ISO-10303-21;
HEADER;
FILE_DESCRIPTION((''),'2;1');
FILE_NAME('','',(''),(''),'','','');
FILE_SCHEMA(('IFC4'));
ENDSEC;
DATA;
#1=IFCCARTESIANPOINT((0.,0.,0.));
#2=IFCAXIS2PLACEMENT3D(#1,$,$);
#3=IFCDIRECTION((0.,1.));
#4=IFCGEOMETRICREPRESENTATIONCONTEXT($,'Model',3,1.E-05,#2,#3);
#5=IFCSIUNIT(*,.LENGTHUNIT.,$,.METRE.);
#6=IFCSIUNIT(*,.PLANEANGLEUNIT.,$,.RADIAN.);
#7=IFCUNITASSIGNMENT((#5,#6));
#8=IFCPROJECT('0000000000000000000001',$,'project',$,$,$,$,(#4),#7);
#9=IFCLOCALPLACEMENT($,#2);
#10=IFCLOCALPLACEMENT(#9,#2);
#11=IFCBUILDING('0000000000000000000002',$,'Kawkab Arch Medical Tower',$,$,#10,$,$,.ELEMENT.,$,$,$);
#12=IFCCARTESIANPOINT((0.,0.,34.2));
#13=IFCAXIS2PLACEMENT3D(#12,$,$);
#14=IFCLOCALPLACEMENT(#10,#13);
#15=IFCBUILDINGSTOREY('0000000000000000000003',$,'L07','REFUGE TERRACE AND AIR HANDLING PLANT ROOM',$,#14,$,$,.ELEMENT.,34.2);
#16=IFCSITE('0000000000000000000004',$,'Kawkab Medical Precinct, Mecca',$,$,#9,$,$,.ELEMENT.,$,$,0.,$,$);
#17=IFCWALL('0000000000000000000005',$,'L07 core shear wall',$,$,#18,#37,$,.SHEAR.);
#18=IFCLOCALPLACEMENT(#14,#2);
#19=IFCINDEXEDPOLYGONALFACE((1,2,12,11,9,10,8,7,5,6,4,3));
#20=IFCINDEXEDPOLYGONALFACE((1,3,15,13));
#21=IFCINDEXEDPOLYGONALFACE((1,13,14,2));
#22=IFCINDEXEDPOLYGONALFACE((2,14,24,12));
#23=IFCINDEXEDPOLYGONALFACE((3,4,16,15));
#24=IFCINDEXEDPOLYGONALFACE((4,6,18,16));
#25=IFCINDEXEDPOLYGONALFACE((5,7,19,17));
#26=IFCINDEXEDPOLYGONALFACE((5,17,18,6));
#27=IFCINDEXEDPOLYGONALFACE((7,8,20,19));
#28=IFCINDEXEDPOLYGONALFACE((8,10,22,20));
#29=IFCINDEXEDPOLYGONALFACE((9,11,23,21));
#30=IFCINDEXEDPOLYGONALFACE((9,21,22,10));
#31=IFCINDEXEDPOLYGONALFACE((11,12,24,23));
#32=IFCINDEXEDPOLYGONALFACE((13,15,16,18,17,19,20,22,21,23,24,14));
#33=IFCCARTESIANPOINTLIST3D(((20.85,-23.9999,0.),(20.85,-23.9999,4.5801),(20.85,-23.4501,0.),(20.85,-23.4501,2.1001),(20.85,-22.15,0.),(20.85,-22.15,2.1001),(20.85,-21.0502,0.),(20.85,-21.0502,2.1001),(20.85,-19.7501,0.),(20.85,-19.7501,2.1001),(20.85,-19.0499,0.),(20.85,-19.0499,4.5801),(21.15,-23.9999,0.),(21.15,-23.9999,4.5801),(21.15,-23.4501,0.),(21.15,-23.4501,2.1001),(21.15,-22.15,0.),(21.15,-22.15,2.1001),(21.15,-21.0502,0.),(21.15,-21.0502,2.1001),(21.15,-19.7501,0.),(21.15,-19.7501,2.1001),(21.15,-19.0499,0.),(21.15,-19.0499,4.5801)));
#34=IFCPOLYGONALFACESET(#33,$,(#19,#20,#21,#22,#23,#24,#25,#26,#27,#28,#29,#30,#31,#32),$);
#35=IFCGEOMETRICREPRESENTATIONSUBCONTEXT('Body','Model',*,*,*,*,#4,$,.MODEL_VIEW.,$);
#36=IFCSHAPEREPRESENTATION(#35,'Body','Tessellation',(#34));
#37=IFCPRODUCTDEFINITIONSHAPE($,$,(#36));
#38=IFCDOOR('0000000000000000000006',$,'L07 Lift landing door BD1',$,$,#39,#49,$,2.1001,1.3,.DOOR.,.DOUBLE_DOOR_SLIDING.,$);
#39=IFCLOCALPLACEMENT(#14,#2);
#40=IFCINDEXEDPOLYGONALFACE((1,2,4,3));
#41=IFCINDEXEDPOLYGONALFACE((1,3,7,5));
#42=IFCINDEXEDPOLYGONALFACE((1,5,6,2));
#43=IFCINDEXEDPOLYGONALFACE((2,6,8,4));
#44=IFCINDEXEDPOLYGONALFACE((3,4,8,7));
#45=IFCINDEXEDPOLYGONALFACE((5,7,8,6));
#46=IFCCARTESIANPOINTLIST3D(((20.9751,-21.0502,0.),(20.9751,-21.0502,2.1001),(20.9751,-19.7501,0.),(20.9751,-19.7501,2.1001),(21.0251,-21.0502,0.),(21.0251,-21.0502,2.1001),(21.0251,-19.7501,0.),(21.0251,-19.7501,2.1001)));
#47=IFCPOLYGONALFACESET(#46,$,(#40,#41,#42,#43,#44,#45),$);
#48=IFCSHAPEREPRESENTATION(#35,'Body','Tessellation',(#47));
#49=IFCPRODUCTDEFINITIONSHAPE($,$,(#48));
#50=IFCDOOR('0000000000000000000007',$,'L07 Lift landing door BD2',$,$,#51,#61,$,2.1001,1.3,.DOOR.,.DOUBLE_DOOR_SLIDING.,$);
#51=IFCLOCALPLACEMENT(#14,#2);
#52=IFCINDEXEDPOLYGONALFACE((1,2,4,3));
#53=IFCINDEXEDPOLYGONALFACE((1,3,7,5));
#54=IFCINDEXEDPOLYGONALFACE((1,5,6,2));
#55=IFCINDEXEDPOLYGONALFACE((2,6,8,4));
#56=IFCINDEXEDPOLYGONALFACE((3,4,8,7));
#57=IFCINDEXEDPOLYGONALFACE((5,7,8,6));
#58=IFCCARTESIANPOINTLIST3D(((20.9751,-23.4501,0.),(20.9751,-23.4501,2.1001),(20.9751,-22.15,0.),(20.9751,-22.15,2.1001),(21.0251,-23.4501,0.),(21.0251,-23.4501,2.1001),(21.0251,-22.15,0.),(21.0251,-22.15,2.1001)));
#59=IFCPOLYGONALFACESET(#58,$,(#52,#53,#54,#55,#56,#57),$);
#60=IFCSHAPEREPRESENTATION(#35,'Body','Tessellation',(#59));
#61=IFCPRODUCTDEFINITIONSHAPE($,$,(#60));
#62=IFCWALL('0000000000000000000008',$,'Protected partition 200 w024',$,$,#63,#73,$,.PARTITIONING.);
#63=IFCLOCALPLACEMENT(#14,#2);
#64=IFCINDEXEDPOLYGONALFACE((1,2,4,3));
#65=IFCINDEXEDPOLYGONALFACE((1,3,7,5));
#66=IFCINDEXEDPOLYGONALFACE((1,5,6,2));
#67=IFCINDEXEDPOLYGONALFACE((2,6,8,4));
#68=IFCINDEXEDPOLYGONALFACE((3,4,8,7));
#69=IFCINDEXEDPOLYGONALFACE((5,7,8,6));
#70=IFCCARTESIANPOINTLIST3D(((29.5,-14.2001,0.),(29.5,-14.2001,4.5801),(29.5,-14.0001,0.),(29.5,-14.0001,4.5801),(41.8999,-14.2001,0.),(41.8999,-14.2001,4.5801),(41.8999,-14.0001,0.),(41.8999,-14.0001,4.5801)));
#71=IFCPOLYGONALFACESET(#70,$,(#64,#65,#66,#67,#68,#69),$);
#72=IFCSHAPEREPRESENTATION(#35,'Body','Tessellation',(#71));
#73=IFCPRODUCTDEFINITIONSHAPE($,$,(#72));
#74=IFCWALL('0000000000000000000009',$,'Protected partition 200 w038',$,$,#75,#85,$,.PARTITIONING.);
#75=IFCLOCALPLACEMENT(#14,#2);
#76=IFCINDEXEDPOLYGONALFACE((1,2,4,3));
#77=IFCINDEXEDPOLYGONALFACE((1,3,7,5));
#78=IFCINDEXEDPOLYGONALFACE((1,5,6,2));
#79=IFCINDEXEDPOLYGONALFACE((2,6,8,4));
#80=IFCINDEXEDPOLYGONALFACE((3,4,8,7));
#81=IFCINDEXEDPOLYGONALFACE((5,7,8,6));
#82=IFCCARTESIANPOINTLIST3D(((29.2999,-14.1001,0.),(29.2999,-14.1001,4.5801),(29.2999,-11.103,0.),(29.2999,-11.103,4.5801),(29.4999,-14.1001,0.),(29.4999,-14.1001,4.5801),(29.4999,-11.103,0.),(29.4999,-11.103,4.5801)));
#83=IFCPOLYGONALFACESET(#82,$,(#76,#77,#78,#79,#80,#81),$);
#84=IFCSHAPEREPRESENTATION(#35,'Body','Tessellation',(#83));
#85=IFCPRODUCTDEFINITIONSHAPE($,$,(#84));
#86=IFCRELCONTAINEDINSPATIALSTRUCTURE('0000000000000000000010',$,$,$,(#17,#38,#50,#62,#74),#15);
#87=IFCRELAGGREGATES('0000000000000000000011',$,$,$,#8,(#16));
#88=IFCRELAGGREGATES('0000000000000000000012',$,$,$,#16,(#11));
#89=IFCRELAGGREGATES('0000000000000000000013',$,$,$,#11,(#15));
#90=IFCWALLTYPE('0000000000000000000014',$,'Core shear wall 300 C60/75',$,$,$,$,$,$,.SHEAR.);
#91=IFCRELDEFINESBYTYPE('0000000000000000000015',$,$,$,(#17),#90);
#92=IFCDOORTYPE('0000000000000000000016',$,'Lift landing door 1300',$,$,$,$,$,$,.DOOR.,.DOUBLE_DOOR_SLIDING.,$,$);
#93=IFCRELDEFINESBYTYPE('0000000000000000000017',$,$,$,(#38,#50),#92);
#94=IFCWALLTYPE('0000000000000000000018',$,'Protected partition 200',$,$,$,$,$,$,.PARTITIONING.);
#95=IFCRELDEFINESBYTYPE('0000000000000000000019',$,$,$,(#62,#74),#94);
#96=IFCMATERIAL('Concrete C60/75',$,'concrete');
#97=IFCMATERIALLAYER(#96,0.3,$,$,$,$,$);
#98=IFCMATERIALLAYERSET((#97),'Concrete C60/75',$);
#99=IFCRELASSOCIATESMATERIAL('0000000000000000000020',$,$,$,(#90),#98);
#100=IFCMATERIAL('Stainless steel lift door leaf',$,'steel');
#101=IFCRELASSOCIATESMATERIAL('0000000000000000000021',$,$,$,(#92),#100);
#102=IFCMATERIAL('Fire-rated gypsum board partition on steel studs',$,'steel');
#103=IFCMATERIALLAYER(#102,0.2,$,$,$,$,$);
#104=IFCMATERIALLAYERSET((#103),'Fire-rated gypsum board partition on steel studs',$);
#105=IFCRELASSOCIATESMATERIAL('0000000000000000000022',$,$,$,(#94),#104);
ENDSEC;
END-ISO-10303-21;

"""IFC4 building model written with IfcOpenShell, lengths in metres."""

from ifc_helpers import new_model, si_unit, direction, frame, frame_2d, origin, place, context, subcontext, project, spatial, rectangle, extrude, material, layer, layer_set, type_object, element, fill, save


model = new_model("IFC4")

# Units and contexts
model_context = context("Model", 3, precision=1e-05, world=origin(), true_north=direction((0.0, 1.0)))
body_context = subcontext(model_context, "Body", "Model", "MODEL_VIEW")
ifc_project = project(units=[si_unit("LENGTHUNIT", "METRE"), si_unit("PLANEANGLEUNIT", "RADIAN")], contexts=[model_context])

# Site, building, storey
site_placement = place(None, origin())
site = spatial("IfcSite", under=ifc_project, at=site_placement, Name="Kawkab Medical Precinct, Mecca", CompositionType="ELEMENT", RefElevation=0.0)
building_placement = place(site_placement, origin())
building = spatial("IfcBuilding", under=site, at=building_placement, Name="Kawkab Arch Medical Tower", CompositionType="ELEMENT")
storey_placement = place(building_placement, frame((0.0, 0.0, 34.2)))
storey = spatial("IfcBuildingStorey", under=building, at=storey_placement, Name="L07", Description="REFUGE TERRACE AND AIR HANDLING PLANT ROOM", CompositionType="ELEMENT", Elevation=34.2)

# Shared definitions
ifc_material_1 = material(Name="Concrete C60/75", Category="concrete")
ifc_layer_1 = layer(ifc_material_1, 0.3)
ifc_layer_set_1 = layer_set([ifc_layer_1], Name="Concrete C60/75")
wall_type_1 = type_object("IfcWallType", Name="Core shear wall 300 C60/75", PredefinedType="SHEAR", material=ifc_layer_set_1)

# Wall, openings, doors
wall_1_placement = place(storey_placement, frame((21.0, -24.0, 0.0), z_axis=(0.0, 0.0, 1.0), x_axis=(0.0, 1.0, 0.0)))
wall_1 = element("IfcWall", 1, at=wall_1_placement, inside=storey, type_object=wall_type_1, Name="L07 core shear wall", PredefinedType="SHEAR", context=body_context, shape_type="SweptSolid", body=[
    extrude(rectangle(XDim=4.95, YDim=0.3, at=frame_2d((2.4751, 0.0))), origin(), (0.0, 0.0, 1.0), 4.5801),
])
opening_1_placement = place(wall_1_placement, frame((2.95, 0.0, 0.0)))
opening_1 = element("IfcOpeningElement", 2, at=opening_1_placement, cuts=wall_1, PredefinedType="OPENING", context=body_context, shape_type="SweptSolid", body=[
    extrude(rectangle(XDim=1.3, YDim=2.1001, at=frame_2d((0.6499, 1.05))), frame((0.0, 0.1599, 0.0), z_axis=(0.0, -1.0, 0.0), x_axis=(1.0, 0.0, 0.0)), (0.0, 0.0, 1.0), 0.3201),
])
opening_2_placement = place(wall_1_placement, frame((0.55, 0.0, 0.0)))
opening_2 = element("IfcOpeningElement", 3, at=opening_2_placement, cuts=wall_1, PredefinedType="OPENING", context=body_context, shape_type="SweptSolid", body=[
    extrude(rectangle(XDim=1.3, YDim=2.1001, at=frame_2d((0.6499, 1.05))), frame((0.0, 0.1599, 0.0), z_axis=(0.0, -1.0, 0.0), x_axis=(1.0, 0.0, 0.0)), (0.0, 0.0, 1.0), 0.3201),
])
ifc_material_2 = material(Name="Stainless steel lift door leaf", Category="steel")
door_type_1 = type_object("IfcDoorType", Name="Lift landing door 1300", OperationType="DOUBLE_DOOR_SLIDING", PredefinedType="DOOR", material=ifc_material_2)
door_1_placement = place(opening_1_placement, origin())
door_1 = element("IfcDoor", 4, at=door_1_placement, inside=storey, type_object=door_type_1, Name="L07 Lift landing door BD1", OperationType="DOUBLE_DOOR_SLIDING", OverallHeight=2.1001, OverallWidth=1.3, PredefinedType="DOOR", context=body_context, shape_type="SweptSolid", body=[
    extrude(rectangle(XDim=1.3, YDim=2.1001, at=frame_2d((0.6499, 1.05))), frame((0.0, 0.0249, 0.0), z_axis=(0.0, -1.0, 0.0), x_axis=(1.0, 0.0, 0.0)), (0.0, 0.0, 1.0), 0.05),
])
fill(opening_1, door_1)
door_2_placement = place(opening_2_placement, origin())
door_2 = element("IfcDoor", 5, at=door_2_placement, inside=storey, type_object=door_type_1, Name="L07 Lift landing door BD2", OperationType="DOUBLE_DOOR_SLIDING", OverallHeight=2.1001, OverallWidth=1.3, PredefinedType="DOOR", context=body_context, shape_type="SweptSolid", body=[
    extrude(rectangle(XDim=1.3, YDim=2.1001, at=frame_2d((0.6499, 1.05))), frame((0.0, 0.0249, 0.0), z_axis=(0.0, -1.0, 0.0), x_axis=(1.0, 0.0, 0.0)), (0.0, 0.0, 1.0), 0.05),
])
fill(opening_2, door_2)

# Walls
ifc_material_3 = material(Name="Fire-rated gypsum board partition on steel studs", Category="steel")
ifc_layer_2 = layer(ifc_material_3, 0.2)
ifc_layer_set_2 = layer_set([ifc_layer_2], Name="Fire-rated gypsum board partition on steel studs")
wall_type_2 = type_object("IfcWallType", Name="Protected partition 200", PredefinedType="PARTITIONING", material=ifc_layer_set_2)
wall_2_placement = place(storey_placement, frame((29.5, -14.1001, 0.0), z_axis=(0.0, 0.0, 1.0), x_axis=(1.0, 0.0, 0.0)))
element("IfcWall", 6, at=wall_2_placement, inside=storey, type_object=wall_type_2, Name="Protected partition 200 w024", PredefinedType="PARTITIONING", context=body_context, shape_type="SweptSolid", body=[
    extrude(rectangle(XDim=12.3999, YDim=0.2, at=frame_2d((6.2, 0.0))), origin(), (0.0, 0.0, 1.0), 4.5801),
])
wall_3_placement = place(storey_placement, frame((29.3999, -14.1001, 0.0), z_axis=(0.0, 0.0, 1.0), x_axis=(0.0, 1.0, 0.0)))
element("IfcWall", 7, at=wall_3_placement, inside=storey, type_object=wall_type_2, Name="Protected partition 200 w038", PredefinedType="PARTITIONING", context=body_context, shape_type="SweptSolid", body=[
    extrude(rectangle(XDim=2.9971, YDim=0.2, at=frame_2d((1.4985, 0.0))), origin(), (0.0, 0.0, 1.0), 4.5801),
])

save(model, "model.ifc")
